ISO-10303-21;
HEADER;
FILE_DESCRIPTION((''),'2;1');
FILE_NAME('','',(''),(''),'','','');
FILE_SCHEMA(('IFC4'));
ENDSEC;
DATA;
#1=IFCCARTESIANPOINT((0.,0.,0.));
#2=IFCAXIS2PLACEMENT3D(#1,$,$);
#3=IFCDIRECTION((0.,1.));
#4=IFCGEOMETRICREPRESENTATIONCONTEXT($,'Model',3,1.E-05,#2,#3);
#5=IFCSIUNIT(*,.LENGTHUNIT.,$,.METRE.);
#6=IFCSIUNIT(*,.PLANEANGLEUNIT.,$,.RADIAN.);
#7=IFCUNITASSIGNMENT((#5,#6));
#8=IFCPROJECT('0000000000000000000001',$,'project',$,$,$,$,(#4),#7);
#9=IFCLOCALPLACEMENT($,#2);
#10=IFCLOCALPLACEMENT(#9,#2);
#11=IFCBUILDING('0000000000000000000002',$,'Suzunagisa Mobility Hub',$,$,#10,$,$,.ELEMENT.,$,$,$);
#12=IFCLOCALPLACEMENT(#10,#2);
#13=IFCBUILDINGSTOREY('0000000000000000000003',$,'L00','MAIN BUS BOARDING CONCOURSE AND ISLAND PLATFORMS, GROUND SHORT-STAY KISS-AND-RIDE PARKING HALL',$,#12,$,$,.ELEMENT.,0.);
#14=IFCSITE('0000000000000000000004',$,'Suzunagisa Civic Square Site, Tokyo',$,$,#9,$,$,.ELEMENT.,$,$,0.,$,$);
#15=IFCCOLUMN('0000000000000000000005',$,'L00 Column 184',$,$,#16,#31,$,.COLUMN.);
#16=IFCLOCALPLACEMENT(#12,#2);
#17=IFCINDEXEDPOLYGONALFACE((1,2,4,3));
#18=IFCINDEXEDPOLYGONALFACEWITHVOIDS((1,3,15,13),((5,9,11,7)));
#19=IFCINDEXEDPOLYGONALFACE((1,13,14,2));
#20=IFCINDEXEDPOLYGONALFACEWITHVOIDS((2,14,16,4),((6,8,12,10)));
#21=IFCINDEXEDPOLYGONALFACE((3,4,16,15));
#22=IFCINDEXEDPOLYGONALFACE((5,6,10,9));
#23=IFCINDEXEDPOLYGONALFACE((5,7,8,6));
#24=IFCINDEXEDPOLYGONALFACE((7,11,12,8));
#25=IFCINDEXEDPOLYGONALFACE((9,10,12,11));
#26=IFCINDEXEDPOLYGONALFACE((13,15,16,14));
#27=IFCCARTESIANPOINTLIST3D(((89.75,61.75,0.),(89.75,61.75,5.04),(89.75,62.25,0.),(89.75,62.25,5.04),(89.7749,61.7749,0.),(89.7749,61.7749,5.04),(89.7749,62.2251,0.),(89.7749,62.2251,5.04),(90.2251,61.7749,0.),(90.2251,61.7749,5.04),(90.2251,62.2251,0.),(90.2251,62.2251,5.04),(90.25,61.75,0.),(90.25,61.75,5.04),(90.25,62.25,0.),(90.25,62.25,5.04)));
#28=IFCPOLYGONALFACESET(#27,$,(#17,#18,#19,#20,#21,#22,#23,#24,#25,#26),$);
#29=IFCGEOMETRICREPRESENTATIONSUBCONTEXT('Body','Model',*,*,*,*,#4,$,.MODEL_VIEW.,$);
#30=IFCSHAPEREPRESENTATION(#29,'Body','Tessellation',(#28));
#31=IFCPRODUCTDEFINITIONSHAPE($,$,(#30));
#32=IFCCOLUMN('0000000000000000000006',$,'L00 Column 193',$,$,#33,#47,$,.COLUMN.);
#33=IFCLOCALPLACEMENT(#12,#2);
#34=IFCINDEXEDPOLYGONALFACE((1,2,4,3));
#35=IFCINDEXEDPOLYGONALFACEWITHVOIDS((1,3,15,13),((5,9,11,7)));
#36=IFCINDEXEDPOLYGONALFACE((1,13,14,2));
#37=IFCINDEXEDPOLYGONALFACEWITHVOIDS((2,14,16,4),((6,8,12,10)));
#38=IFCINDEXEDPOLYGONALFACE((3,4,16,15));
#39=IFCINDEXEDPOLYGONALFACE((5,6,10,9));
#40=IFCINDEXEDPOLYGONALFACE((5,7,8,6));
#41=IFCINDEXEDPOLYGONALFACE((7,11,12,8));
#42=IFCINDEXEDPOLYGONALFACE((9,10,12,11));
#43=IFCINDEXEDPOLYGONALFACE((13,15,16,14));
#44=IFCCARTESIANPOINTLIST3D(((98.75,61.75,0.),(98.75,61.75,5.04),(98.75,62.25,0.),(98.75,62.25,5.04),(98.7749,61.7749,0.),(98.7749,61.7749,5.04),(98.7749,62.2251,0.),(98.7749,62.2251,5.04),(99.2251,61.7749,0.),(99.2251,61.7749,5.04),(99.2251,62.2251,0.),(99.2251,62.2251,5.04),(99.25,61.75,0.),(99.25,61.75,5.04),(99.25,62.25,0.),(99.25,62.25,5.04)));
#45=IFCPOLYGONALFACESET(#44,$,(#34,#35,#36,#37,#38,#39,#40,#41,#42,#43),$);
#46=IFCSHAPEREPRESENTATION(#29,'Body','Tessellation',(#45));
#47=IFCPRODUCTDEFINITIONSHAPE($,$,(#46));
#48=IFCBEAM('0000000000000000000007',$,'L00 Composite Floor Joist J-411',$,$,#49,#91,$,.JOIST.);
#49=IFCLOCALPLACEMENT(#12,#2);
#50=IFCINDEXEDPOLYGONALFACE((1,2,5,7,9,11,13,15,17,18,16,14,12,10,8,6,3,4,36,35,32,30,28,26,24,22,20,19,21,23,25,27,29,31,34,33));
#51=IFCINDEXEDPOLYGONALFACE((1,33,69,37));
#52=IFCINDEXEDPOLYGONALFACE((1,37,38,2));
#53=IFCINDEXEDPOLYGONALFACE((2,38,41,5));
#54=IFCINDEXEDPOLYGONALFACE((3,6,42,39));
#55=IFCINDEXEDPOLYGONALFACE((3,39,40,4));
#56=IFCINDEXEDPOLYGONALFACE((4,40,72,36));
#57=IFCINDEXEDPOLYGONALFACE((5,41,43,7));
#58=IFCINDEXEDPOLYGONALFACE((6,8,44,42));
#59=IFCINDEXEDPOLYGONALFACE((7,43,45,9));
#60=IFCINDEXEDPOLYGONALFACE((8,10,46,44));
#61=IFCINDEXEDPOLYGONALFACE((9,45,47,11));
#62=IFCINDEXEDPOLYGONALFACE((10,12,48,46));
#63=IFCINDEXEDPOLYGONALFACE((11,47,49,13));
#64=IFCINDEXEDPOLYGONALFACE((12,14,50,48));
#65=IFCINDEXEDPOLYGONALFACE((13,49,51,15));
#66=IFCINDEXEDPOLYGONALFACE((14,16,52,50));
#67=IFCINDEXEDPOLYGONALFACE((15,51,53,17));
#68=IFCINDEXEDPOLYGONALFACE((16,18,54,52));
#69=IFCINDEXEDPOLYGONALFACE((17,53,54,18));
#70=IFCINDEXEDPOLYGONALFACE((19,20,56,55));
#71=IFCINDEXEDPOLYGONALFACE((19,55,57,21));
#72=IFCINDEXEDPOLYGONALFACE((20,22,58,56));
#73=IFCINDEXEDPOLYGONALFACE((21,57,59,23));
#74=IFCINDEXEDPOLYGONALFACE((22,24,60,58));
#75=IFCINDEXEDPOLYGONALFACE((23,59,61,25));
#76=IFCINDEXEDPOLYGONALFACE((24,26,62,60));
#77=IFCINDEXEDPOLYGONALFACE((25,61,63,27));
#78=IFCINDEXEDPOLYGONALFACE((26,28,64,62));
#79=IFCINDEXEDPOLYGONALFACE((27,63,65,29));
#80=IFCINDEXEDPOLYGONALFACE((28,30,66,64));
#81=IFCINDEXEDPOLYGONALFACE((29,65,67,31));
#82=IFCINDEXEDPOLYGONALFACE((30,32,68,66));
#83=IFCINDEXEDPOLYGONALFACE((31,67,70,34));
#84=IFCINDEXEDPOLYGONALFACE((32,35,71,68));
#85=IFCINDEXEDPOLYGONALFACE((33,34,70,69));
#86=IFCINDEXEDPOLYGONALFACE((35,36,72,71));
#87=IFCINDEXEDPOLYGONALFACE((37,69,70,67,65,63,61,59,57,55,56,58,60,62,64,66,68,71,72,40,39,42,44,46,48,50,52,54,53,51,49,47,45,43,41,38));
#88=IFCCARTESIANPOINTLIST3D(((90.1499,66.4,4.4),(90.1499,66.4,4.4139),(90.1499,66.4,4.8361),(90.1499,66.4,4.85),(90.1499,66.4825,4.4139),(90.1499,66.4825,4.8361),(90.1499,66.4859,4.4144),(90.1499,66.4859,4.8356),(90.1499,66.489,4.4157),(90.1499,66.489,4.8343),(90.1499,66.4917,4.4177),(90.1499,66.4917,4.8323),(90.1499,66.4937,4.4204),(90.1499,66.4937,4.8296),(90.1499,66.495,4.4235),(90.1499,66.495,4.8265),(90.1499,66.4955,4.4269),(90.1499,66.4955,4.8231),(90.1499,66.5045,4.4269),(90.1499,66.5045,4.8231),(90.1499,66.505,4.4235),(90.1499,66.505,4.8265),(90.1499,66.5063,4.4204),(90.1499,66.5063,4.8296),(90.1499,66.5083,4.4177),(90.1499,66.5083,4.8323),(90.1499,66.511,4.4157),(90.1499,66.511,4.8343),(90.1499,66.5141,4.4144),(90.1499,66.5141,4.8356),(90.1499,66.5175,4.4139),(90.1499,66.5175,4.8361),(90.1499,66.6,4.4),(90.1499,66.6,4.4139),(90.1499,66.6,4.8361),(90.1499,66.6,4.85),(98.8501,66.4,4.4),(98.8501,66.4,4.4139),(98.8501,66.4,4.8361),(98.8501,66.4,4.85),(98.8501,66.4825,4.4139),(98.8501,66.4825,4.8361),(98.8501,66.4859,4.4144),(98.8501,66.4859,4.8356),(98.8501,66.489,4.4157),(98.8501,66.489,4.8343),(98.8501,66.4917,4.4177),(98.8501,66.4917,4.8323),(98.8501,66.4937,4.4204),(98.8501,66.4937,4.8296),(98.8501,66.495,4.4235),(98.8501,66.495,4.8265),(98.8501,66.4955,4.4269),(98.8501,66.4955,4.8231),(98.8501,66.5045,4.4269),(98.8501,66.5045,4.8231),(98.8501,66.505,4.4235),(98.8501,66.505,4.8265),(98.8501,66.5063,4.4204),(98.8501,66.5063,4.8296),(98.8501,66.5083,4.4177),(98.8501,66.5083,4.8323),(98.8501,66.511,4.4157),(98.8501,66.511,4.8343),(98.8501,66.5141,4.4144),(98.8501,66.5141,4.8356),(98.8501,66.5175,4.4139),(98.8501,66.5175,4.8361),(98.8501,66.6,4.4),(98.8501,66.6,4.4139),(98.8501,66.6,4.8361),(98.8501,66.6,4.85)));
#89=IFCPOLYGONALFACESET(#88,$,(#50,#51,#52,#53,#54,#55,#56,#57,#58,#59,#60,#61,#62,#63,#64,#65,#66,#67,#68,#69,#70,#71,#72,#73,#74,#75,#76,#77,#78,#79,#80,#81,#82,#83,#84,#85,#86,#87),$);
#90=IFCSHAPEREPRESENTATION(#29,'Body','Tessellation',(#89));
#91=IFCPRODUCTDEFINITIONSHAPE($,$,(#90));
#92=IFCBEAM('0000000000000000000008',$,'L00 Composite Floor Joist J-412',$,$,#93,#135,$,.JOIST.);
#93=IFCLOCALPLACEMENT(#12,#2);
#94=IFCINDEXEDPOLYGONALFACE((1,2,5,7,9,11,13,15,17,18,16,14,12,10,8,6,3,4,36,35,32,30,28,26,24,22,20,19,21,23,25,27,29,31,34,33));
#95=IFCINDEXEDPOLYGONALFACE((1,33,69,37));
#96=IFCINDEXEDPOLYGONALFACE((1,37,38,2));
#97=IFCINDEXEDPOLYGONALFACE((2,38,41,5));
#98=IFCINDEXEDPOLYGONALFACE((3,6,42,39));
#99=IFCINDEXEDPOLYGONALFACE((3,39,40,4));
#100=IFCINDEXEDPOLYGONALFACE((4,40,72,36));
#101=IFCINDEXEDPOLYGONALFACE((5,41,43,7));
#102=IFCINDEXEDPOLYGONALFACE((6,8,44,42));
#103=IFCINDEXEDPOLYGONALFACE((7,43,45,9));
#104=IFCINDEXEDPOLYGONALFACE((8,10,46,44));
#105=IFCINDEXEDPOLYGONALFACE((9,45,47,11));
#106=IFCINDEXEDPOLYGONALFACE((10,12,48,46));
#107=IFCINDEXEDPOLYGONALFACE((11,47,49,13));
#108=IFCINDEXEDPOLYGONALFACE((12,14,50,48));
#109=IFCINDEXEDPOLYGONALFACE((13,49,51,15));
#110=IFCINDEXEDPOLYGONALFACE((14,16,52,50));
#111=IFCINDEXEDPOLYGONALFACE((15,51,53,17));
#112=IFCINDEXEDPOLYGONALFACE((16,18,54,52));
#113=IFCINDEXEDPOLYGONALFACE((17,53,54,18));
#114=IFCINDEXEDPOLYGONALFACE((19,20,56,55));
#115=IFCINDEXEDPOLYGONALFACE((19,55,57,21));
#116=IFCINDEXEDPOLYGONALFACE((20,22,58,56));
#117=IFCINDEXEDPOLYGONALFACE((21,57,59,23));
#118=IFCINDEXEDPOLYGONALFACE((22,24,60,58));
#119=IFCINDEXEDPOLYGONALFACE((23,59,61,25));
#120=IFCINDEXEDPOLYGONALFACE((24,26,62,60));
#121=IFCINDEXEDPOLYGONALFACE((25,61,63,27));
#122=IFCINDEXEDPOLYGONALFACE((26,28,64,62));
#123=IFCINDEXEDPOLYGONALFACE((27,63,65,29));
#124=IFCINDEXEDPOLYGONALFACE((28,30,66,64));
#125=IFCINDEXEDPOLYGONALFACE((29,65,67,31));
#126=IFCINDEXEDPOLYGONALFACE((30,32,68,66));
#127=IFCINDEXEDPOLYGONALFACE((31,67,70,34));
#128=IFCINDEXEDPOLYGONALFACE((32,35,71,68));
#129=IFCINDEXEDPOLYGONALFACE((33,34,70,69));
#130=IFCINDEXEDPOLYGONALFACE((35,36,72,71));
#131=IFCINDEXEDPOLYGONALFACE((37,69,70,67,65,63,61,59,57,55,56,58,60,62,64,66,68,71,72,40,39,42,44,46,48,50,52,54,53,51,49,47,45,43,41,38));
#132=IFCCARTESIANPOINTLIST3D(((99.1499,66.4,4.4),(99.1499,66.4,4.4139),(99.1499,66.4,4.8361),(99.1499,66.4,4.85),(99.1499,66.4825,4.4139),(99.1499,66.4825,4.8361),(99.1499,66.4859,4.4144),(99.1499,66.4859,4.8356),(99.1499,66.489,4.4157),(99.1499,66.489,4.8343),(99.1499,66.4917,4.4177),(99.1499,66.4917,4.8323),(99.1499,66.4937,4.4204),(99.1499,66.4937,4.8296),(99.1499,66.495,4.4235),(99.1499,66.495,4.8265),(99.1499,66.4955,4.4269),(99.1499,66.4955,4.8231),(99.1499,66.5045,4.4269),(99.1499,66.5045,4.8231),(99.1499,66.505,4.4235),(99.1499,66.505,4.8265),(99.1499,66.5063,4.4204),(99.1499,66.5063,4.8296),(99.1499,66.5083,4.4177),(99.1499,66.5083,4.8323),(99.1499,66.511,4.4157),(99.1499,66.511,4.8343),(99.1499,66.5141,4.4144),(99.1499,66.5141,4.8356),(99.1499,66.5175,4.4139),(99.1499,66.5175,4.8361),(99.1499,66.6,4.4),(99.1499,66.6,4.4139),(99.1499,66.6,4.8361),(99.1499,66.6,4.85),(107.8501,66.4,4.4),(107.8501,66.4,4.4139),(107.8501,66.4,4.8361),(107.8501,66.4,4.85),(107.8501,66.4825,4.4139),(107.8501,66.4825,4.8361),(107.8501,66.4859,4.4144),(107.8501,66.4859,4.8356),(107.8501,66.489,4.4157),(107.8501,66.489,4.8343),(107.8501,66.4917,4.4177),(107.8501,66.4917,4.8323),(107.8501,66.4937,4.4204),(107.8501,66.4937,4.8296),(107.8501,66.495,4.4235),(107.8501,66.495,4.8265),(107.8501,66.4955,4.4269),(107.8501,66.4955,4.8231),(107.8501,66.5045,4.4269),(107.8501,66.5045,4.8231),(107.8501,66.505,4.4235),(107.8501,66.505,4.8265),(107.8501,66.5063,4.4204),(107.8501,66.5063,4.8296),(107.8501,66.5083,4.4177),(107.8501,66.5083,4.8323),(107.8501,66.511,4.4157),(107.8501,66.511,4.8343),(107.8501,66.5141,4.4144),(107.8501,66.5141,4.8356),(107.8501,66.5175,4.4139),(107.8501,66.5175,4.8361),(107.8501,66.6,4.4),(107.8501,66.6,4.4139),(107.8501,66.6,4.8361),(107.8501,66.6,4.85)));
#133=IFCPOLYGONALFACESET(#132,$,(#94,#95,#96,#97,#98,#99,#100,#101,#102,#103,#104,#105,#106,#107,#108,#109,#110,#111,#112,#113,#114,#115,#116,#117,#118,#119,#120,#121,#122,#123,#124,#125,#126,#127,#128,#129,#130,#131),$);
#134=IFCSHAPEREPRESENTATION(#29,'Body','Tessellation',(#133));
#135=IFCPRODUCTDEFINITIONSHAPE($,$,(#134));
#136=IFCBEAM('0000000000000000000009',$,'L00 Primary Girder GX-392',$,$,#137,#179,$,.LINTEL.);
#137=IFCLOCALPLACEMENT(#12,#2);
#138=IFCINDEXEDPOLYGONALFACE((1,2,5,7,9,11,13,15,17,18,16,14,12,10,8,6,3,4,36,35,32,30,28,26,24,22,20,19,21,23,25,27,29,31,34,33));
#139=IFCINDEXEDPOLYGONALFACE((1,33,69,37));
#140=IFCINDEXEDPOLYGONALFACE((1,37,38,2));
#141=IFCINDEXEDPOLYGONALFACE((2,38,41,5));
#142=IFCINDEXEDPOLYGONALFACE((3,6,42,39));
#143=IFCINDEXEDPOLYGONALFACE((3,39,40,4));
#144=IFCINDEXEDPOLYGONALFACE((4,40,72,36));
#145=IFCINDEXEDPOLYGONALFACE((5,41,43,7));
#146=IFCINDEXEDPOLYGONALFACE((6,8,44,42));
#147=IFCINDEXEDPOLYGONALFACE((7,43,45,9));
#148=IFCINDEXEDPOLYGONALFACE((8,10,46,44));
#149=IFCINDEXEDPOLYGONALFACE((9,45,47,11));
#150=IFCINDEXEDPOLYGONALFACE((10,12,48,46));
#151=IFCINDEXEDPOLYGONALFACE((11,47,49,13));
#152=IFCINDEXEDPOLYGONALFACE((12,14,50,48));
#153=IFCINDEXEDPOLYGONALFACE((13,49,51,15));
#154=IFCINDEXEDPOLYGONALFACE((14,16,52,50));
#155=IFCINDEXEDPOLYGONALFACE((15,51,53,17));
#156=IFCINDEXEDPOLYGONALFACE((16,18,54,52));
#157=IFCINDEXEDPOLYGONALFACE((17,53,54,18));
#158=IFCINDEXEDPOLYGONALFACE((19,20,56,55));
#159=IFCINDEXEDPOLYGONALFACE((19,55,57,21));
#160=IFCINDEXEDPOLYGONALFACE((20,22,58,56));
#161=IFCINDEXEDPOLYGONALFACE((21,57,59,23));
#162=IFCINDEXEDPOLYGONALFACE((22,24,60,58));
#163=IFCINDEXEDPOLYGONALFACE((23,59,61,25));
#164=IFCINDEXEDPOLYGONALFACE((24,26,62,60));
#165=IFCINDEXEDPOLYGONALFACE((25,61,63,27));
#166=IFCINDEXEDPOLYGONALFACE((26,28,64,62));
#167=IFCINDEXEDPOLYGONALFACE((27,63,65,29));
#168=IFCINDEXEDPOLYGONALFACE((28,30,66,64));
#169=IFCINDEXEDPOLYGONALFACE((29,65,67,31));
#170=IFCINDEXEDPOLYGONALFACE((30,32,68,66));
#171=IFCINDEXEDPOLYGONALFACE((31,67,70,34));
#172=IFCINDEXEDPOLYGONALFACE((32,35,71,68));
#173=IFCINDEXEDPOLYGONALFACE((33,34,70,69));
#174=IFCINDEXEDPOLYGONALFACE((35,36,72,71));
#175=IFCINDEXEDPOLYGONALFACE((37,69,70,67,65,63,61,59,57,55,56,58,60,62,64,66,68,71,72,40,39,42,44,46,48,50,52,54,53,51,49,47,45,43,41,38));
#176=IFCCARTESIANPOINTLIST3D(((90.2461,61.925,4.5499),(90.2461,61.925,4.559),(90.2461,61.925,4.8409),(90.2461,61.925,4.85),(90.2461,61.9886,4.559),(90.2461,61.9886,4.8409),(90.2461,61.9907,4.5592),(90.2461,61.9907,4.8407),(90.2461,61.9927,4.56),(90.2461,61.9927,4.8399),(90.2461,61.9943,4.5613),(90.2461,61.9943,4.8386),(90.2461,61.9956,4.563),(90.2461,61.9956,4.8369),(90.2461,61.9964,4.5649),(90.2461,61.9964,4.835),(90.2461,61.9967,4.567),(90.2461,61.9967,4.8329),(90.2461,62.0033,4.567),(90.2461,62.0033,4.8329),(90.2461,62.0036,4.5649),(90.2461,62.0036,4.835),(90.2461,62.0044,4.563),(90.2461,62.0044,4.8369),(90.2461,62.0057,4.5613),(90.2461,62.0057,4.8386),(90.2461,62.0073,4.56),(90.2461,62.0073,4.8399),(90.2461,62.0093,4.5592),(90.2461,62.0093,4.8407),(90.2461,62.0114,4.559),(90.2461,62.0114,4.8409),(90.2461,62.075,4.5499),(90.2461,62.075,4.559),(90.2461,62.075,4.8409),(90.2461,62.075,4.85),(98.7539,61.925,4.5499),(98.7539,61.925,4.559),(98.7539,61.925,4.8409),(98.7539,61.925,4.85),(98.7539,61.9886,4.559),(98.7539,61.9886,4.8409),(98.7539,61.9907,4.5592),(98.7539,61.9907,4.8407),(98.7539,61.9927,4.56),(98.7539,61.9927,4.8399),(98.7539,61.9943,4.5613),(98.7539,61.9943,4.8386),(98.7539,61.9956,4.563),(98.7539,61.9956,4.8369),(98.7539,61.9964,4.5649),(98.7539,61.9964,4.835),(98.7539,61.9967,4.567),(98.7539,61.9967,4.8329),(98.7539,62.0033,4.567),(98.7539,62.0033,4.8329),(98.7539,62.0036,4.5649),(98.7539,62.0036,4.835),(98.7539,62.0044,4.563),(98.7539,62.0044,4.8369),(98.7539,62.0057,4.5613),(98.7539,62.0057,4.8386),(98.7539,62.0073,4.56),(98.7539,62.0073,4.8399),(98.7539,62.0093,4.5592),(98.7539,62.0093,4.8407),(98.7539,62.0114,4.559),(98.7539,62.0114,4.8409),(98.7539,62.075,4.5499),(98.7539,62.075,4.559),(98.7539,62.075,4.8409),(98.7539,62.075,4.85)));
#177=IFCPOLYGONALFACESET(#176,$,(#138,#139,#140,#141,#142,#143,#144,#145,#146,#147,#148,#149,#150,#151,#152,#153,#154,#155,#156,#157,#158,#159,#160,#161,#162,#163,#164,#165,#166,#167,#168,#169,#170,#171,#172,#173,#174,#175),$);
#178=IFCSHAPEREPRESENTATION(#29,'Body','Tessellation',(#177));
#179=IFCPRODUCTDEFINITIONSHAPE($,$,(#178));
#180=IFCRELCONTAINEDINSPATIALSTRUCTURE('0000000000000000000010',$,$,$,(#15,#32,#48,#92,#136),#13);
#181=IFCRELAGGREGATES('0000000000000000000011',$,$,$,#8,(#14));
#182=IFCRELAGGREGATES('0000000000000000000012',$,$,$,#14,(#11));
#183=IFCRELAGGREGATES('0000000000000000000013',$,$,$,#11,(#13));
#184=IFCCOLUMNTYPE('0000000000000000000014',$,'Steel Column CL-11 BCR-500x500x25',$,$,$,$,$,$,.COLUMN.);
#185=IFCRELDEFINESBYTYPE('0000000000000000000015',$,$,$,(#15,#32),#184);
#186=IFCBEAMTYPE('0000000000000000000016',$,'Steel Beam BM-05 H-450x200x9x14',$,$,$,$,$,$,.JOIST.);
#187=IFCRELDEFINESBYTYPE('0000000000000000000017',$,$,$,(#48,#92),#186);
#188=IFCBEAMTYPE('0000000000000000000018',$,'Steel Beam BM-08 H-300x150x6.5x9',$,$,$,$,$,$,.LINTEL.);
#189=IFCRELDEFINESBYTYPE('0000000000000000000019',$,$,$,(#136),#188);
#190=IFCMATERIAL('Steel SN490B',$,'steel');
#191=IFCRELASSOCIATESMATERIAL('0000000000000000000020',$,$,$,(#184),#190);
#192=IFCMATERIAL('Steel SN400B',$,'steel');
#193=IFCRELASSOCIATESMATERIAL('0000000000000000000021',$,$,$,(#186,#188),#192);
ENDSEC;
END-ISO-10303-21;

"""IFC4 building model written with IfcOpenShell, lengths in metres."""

from ifc_helpers import new_model, si_unit, direction, frame, origin, origin_2d, place, context, subcontext, project, spatial, hollow_rectangle, i_section, extrude, material, material_profile, profile_set, type_object, element, save


model = new_model("IFC4")

# Units and contexts
model_context = context("Model", 3, precision=1e-05, world=origin(), true_north=direction((0.0, 1.0)))
body_context = subcontext(model_context, "Body", "Model", "MODEL_VIEW")
ifc_project = project(units=[si_unit("LENGTHUNIT", "METRE"), si_unit("PLANEANGLEUNIT", "RADIAN")], contexts=[model_context])

# Site, building, storey
site_placement = place(None, origin())
site = spatial("IfcSite", under=ifc_project, at=site_placement, Name="Suzunagisa Civic Square Site, Tokyo", CompositionType="ELEMENT", RefElevation=0.0)
building_placement = place(site_placement, origin())
building = spatial("IfcBuilding", under=site, at=building_placement, Name="Suzunagisa Mobility Hub", CompositionType="ELEMENT")
storey_placement = place(building_placement, origin())
storey = spatial("IfcBuildingStorey", under=building, at=storey_placement, Name="L00", Description="MAIN BUS BOARDING CONCOURSE AND ISLAND PLATFORMS, GROUND SHORT-STAY KISS-AND-RIDE PARKING HALL", CompositionType="ELEMENT", Elevation=0.0)

# Columns
ifc_material_1 = material(Name="Steel SN490B", Category="steel")
ifc_material_profile_1 = material_profile(ifc_material_1, hollow_rectangle(XDim=0.5, YDim=0.5, WallThickness=0.0249, at=origin_2d()), Name="BCR-500x500x25")
ifc_profile_set_1 = profile_set([ifc_material_profile_1], Name="Steel SN490B")
column_type_1 = type_object("IfcColumnType", Name="Steel Column CL-11 BCR-500x500x25", PredefinedType="COLUMN", material=ifc_profile_set_1)
for number, where, z_axis, x_axis, name in (
    (1, (90.0, 62.0, 0.0), (0.0, 0.0, 1.0), (1.0, 0.0, 0.0), "L00 Column 184"),
    (2, (99.0, 62.0, 0.0), (0.0, 0.0, 1.0), (1.0, 0.0, 0.0), "L00 Column 193"),
):
    element("IfcColumn", number, at=place(storey_placement, frame(where, z_axis=z_axis, x_axis=x_axis)), inside=storey, type_object=column_type_1, Name=name, PredefinedType="COLUMN", context=body_context, shape_type="SweptSolid", body=[
        extrude(hollow_rectangle(XDim=0.5, YDim=0.5, WallThickness=0.0249, at=origin_2d()), origin(), (0.0, 0.0, 1.0), 5.04),
    ])

# Beams
ifc_material_2 = material(Name="Steel SN400B", Category="steel")
ifc_material_profile_2 = material_profile(ifc_material_2, i_section(OverallWidth=0.2, OverallDepth=0.45, WebThickness=0.009, FlangeThickness=0.0139, FilletRadius=0.0129, at=origin_2d()), Name="H-450x200x9x14")
ifc_profile_set_2 = profile_set([ifc_material_profile_2], Name="Steel SN400B")
beam_type_1 = type_object("IfcBeamType", Name="Steel Beam BM-05 H-450x200x9x14", PredefinedType="JOIST", material=ifc_profile_set_2)
for number, where, z_axis, x_axis, name in (
    (3, (90.1499, 66.5, 4.625), (1.0, 0.0, 0.0), (0.0, 1.0, 0.0), "L00 Composite Floor Joist J-411"),
    (4, (99.1499, 66.5, 4.625), (1.0, 0.0, 0.0), (0.0, 1.0, 0.0), "L00 Composite Floor Joist J-412"),
):
    element("IfcBeam", number, at=place(storey_placement, frame(where, z_axis=z_axis, x_axis=x_axis)), inside=storey, type_object=beam_type_1, Name=name, PredefinedType="JOIST", context=body_context, shape_type="SweptSolid", body=[
        extrude(i_section(OverallWidth=0.2, OverallDepth=0.45, WebThickness=0.009, FlangeThickness=0.0139, FilletRadius=0.0129, at=origin_2d()), origin(), (0.0, 0.0, 1.0), 8.7002),
    ])
ifc_material_profile_3 = material_profile(ifc_material_2, i_section(OverallWidth=0.1499, OverallDepth=0.3, WebThickness=0.0066, FlangeThickness=0.009, FilletRadius=0.0081, at=origin_2d()), Name="H-300x150x6.5x9")
ifc_profile_set_3 = profile_set([ifc_material_profile_3], Name="Steel SN400B")
beam_type_2 = type_object("IfcBeamType", Name="Steel Beam BM-08 H-300x150x6.5x9", PredefinedType="LINTEL", material=ifc_profile_set_3)
beam_1_placement = place(storey_placement, frame((90.2461, 62.0, 4.7), z_axis=(1.0, 0.0, 0.0), x_axis=(0.0, 1.0, 0.0)))
element("IfcBeam", 5, at=beam_1_placement, inside=storey, type_object=beam_type_2, Name="L00 Primary Girder GX-392", PredefinedType="LINTEL", context=body_context, shape_type="SweptSolid", body=[
    extrude(i_section(OverallWidth=0.1499, OverallDepth=0.3, WebThickness=0.0066, FlangeThickness=0.009, FilletRadius=0.0081, at=origin_2d()), origin(), (0.0, 0.0, 1.0), 8.5078),
])

save(model, "model.ifc")
